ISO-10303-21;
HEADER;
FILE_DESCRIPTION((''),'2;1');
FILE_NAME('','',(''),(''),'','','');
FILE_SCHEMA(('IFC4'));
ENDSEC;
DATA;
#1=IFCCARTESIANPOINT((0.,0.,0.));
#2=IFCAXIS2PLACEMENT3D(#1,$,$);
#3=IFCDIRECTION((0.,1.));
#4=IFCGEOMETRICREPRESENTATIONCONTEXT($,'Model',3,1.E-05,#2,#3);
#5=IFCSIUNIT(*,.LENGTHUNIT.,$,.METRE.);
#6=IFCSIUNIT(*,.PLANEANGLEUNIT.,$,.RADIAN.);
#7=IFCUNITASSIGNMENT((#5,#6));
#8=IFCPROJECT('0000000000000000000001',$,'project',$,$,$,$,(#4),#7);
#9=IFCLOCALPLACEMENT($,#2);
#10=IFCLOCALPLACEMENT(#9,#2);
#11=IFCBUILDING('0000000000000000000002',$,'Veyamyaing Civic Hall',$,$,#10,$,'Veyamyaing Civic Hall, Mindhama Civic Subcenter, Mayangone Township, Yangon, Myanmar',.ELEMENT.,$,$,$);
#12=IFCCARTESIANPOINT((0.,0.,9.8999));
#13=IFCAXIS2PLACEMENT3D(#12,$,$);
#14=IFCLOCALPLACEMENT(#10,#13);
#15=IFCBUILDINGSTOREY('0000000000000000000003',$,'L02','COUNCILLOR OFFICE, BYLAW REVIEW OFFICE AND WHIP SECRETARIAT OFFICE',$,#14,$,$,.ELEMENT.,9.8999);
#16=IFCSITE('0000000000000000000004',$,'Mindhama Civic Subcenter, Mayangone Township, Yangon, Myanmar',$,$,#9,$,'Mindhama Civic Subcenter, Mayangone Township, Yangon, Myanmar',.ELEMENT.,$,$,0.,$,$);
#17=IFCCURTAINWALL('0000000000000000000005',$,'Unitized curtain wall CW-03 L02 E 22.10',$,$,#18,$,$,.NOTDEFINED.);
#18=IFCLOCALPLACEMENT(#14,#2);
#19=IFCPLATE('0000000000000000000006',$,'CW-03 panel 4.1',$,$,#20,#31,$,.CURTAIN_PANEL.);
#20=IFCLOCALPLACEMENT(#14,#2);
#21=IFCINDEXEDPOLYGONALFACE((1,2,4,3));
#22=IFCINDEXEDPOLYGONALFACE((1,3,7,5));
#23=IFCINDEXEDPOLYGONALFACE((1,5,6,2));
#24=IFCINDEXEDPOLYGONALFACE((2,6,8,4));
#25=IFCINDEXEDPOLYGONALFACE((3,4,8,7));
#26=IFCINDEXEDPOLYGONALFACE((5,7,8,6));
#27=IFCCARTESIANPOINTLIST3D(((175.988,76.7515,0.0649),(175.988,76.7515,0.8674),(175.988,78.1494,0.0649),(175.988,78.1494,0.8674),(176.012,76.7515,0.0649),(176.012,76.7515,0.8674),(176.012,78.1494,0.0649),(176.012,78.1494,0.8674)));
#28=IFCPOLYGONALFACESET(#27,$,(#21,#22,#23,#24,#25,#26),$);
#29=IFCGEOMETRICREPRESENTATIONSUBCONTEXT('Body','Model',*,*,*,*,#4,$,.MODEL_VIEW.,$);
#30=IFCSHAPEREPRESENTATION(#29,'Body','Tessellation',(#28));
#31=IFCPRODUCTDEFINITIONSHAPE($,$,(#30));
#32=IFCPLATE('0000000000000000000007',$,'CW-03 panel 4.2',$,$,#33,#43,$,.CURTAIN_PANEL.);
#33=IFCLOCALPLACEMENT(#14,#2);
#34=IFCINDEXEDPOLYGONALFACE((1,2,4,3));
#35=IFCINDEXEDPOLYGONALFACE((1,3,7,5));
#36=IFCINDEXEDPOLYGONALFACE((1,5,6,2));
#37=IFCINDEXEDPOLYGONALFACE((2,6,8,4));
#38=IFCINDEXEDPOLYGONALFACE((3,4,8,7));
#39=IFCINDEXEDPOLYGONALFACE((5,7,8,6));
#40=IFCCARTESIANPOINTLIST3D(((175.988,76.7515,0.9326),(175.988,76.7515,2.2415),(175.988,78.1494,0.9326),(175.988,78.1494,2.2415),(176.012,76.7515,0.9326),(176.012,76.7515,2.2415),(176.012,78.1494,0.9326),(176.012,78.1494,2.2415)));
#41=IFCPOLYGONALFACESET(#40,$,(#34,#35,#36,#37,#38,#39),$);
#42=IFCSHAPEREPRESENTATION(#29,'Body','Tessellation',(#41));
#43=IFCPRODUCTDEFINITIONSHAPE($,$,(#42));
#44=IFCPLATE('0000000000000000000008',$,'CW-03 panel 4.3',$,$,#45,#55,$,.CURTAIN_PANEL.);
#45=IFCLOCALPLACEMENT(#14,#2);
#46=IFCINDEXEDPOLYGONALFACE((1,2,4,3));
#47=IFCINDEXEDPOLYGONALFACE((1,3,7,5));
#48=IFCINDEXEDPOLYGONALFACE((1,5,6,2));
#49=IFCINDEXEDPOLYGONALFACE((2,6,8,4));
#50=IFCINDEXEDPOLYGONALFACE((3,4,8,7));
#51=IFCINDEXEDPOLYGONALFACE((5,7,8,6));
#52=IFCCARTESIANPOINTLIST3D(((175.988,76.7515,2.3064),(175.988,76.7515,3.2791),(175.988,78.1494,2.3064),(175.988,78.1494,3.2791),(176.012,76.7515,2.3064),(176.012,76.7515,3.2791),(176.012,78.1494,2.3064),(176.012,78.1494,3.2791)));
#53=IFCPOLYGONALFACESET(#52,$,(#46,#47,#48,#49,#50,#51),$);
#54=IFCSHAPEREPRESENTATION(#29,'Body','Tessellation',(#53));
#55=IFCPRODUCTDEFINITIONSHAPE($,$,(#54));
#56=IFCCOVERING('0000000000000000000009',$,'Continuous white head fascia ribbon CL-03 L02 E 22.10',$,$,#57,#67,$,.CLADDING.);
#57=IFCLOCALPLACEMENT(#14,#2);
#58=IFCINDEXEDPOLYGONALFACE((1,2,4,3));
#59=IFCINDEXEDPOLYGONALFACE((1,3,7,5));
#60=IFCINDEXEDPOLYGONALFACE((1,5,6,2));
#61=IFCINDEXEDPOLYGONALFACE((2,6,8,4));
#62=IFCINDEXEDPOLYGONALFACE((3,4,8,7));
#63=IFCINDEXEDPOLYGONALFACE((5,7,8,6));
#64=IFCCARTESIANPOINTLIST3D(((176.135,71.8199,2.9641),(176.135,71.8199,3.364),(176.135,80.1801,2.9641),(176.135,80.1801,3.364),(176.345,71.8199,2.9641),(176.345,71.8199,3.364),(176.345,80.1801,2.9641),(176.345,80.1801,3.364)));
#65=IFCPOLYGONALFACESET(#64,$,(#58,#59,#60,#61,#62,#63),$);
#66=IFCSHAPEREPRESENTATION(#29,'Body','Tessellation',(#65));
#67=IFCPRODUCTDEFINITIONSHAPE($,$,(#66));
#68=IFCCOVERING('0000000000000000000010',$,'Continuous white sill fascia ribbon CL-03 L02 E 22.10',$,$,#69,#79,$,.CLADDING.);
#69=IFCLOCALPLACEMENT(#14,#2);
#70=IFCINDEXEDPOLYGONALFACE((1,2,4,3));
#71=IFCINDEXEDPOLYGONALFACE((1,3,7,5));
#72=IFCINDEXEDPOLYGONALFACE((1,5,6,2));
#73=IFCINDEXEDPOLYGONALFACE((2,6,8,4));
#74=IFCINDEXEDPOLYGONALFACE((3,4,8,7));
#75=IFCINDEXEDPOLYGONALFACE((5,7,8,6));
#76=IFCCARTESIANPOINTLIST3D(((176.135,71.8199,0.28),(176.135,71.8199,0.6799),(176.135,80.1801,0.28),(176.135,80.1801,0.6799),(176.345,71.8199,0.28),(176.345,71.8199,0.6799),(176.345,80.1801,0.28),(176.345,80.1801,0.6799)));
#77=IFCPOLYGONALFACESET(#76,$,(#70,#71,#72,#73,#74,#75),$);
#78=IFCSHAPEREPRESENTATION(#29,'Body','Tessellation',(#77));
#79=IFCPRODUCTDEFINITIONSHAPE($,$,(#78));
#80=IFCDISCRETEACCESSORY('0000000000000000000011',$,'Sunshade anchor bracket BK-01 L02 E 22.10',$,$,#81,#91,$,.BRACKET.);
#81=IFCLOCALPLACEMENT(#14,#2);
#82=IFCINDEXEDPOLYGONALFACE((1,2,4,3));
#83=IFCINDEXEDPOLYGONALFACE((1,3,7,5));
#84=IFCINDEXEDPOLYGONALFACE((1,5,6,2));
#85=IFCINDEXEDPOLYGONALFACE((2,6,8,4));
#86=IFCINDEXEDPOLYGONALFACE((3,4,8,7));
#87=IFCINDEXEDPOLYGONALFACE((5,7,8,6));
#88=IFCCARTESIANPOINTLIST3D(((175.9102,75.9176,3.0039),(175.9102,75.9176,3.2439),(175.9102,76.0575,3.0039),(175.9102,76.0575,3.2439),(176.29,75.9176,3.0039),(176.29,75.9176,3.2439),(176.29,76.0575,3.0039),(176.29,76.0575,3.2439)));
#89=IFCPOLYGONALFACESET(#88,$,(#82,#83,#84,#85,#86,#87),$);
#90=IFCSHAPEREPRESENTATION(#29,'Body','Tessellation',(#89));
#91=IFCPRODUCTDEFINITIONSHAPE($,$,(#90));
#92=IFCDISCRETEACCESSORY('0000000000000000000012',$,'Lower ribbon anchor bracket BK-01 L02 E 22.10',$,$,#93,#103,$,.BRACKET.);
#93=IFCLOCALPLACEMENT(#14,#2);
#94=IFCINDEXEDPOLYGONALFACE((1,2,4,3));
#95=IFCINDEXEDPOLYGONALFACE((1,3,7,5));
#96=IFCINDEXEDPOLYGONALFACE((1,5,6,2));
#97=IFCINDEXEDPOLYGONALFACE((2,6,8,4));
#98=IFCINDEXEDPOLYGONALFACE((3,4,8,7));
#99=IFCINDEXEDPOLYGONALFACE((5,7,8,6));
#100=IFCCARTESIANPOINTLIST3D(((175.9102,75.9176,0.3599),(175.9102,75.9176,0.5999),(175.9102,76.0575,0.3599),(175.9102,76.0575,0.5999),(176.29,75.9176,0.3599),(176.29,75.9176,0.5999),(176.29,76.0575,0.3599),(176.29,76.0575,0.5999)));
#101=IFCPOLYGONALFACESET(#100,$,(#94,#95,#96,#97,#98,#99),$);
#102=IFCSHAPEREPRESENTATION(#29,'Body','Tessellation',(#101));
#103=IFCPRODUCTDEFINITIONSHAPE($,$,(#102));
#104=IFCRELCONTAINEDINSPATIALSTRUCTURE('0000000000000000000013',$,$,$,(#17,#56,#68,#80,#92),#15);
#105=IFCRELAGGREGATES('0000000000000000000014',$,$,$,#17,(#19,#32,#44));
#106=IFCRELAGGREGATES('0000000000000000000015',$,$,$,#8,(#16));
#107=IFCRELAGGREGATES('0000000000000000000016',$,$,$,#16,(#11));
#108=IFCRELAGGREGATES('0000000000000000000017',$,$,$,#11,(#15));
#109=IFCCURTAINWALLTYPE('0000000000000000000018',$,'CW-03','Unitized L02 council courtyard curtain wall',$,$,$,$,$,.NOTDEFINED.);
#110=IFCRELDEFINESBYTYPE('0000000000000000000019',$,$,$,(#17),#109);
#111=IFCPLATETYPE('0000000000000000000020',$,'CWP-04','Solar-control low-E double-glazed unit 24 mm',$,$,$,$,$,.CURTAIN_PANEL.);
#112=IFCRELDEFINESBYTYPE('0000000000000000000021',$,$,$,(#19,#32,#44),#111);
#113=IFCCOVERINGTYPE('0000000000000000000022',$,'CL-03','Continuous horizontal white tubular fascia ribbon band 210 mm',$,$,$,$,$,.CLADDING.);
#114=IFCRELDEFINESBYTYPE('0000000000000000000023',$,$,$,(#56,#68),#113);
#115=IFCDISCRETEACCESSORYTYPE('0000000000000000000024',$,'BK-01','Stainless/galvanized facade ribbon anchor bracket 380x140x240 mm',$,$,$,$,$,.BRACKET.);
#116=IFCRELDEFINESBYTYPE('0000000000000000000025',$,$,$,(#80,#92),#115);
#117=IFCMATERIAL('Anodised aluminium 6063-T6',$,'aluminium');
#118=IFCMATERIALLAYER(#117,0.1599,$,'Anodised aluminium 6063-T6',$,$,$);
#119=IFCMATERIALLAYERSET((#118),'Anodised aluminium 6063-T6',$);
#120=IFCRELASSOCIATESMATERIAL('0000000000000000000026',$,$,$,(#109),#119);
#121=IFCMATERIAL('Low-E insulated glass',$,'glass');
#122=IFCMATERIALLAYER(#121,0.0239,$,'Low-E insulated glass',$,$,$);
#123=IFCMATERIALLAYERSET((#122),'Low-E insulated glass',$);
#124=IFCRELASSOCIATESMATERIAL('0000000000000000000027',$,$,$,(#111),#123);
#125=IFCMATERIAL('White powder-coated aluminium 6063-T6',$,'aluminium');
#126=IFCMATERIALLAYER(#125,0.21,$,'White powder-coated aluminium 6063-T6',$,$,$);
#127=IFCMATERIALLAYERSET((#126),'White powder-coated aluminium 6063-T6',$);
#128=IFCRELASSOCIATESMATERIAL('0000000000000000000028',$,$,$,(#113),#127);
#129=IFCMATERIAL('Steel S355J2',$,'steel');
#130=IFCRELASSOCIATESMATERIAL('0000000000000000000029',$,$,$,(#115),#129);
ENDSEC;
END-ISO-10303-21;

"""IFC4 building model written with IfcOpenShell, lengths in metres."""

from ifc_helpers import new_model, si_unit, direction, frame, origin, origin_2d, place, context, subcontext, project, spatial, rectangle, extrude, material, layer, layer_set, type_object, element, aggregate, save


model = new_model("IFC4")

# Units and contexts
model_context = context("Model", 3, precision=1e-05, world=origin(), true_north=direction((0.0, 1.0)))
body_context = subcontext(model_context, "Body", "Model", "MODEL_VIEW")
ifc_project = project(units=[si_unit("LENGTHUNIT", "METRE"), si_unit("PLANEANGLEUNIT", "RADIAN")], contexts=[model_context])

# Site, building, storey
site_placement = place(None, origin())
site = spatial("IfcSite", under=ifc_project, at=site_placement, Name="Mindhama Civic Subcenter, Mayangone Township, Yangon, Myanmar", LongName="Mindhama Civic Subcenter, Mayangone Township, Yangon, Myanmar", CompositionType="ELEMENT", RefElevation=0.0)
building_placement = place(site_placement, origin())
building = spatial("IfcBuilding", under=site, at=building_placement, Name="Veyamyaing Civic Hall", LongName="Veyamyaing Civic Hall, Mindhama Civic Subcenter, Mayangone Township, Yangon, Myanmar", CompositionType="ELEMENT")
storey_placement = place(building_placement, frame((0.0, 0.0, 9.8999)))
storey = spatial("IfcBuildingStorey", under=building, at=storey_placement, Name="L02", Description="COUNCILLOR OFFICE, BYLAW REVIEW OFFICE AND WHIP SECRETARIAT OFFICE", CompositionType="ELEMENT", Elevation=9.8999)

# Curtain wall, plates
ifc_material_1 = material(Name="Anodised aluminium 6063-T6", Category="aluminium")
ifc_layer_1 = layer(ifc_material_1, 0.1599, Name="Anodised aluminium 6063-T6")
ifc_layer_set_1 = layer_set([ifc_layer_1], Name="Anodised aluminium 6063-T6")
curtain_wall_type = type_object("IfcCurtainWallType", Name="CW-03", Description="Unitized L02 council courtyard curtain wall", PredefinedType="NOTDEFINED", material=ifc_layer_set_1)
curtain_wall_placement = place(storey_placement, origin())
curtain_wall = element("IfcCurtainWall", 1, at=curtain_wall_placement, inside=storey, type_object=curtain_wall_type, Name="Unitized curtain wall CW-03 L02 E 22.10", PredefinedType="NOTDEFINED")
ifc_material_2 = material(Name="Low-E insulated glass", Category="glass")
ifc_layer_2 = layer(ifc_material_2, 0.0239, Name="Low-E insulated glass")
ifc_layer_set_2 = layer_set([ifc_layer_2], Name="Low-E insulated glass")
plate_type = type_object("IfcPlateType", Name="CWP-04", Description="Solar-control low-E double-glazed unit 24 mm", PredefinedType="CURTAIN_PANEL", material=ifc_layer_set_2)
plate_1_placement = place(storey_placement, frame((176.0, 77.4504, 0.0649), z_axis=(0.0, 0.0, 1.0), x_axis=(0.0, 1.0, 0.0)))
plate_1 = element("IfcPlate", 2, at=plate_1_placement, type_object=plate_type, Name="CW-03 panel 4.1", PredefinedType="CURTAIN_PANEL", context=body_context, shape_type="SweptSolid", body=[
    extrude(rectangle(XDim=1.3979, YDim=0.0239, at=origin_2d()), origin(), (0.0, 0.0, 1.0), 0.8025),
])
plate_2_placement = place(storey_placement, frame((176.0, 77.4504, 0.9326), z_axis=(0.0, 0.0, 1.0), x_axis=(0.0, 1.0, 0.0)))
plate_2 = element("IfcPlate", 3, at=plate_2_placement, type_object=plate_type, Name="CW-03 panel 4.2", PredefinedType="CURTAIN_PANEL", context=body_context, shape_type="SweptSolid", body=[
    extrude(rectangle(XDim=1.3979, YDim=0.0239, at=origin_2d()), origin(), (0.0, 0.0, 1.0), 1.3088),
])
plate_3_placement = place(storey_placement, frame((176.0, 77.4504, 2.3064), z_axis=(0.0, 0.0, 1.0), x_axis=(0.0, 1.0, 0.0)))
plate_3 = element("IfcPlate", 4, at=plate_3_placement, type_object=plate_type, Name="CW-03 panel 4.3", PredefinedType="CURTAIN_PANEL", context=body_context, shape_type="SweptSolid", body=[
    extrude(rectangle(XDim=1.3979, YDim=0.0239, at=origin_2d()), origin(), (0.0, 0.0, 1.0), 0.9727),
])
aggregate(curtain_wall, [plate_1, plate_2, plate_3])

# Coverings
ifc_material_3 = material(Name="White powder-coated aluminium 6063-T6", Category="aluminium")
ifc_layer_3 = layer(ifc_material_3, 0.21, Name="White powder-coated aluminium 6063-T6")
ifc_layer_set_3 = layer_set([ifc_layer_3], Name="White powder-coated aluminium 6063-T6")
covering_type = type_object("IfcCoveringType", Name="CL-03", Description="Continuous horizontal white tubular fascia ribbon band 210 mm", PredefinedType="CLADDING", material=ifc_layer_set_3)
for number, where, z_axis, x_axis, name in (
    (5, (176.24, 76.0, 2.9641), (0.0, 0.0, 1.0), (0.0, 1.0, 0.0), "Continuous white head fascia ribbon CL-03 L02 E 22.10"),
    (6, (176.24, 76.0, 0.28), (0.0, 0.0, 1.0), (0.0, 1.0, 0.0), "Continuous white sill fascia ribbon CL-03 L02 E 22.10"),
):
    element("IfcCovering", number, at=place(storey_placement, frame(where, z_axis=z_axis, x_axis=x_axis)), inside=storey, type_object=covering_type, Name=name, PredefinedType="CLADDING", context=body_context, shape_type="SweptSolid", body=[
        extrude(rectangle(XDim=8.3601, YDim=0.21, at=origin_2d()), origin(), (0.0, 0.0, 1.0), 0.3999),
    ])

# Discrete accessories
ifc_material_4 = material(Name="Steel S355J2", Category="steel")
discrete_accessory_type = type_object("IfcDiscreteAccessoryType", Name="BK-01", Description="Stainless/galvanized facade ribbon anchor bracket 380x140x240 mm", PredefinedType="BRACKET", material=ifc_material_4)
for number, where, z_axis, x_axis, name in (
    (7, (176.1001, 75.9875, 3.0039), (0.0, 0.0, 1.0), (1.0, 0.0, 0.0), "Sunshade anchor bracket BK-01 L02 E 22.10"),
    (8, (176.1001, 75.9875, 0.3599), (0.0, 0.0, 1.0), (1.0, 0.0, 0.0), "Lower ribbon anchor bracket BK-01 L02 E 22.10"),
):
    element("IfcDiscreteAccessory", number, at=place(storey_placement, frame(where, z_axis=z_axis, x_axis=x_axis)), inside=storey, type_object=discrete_accessory_type, Name=name, PredefinedType="BRACKET", context=body_context, shape_type="SweptSolid", body=[
        extrude(rectangle(XDim=0.3799, YDim=0.1399, at=origin_2d()), origin(), (0.0, 0.0, 1.0), 0.24),
    ])

save(model, "model.ifc")
